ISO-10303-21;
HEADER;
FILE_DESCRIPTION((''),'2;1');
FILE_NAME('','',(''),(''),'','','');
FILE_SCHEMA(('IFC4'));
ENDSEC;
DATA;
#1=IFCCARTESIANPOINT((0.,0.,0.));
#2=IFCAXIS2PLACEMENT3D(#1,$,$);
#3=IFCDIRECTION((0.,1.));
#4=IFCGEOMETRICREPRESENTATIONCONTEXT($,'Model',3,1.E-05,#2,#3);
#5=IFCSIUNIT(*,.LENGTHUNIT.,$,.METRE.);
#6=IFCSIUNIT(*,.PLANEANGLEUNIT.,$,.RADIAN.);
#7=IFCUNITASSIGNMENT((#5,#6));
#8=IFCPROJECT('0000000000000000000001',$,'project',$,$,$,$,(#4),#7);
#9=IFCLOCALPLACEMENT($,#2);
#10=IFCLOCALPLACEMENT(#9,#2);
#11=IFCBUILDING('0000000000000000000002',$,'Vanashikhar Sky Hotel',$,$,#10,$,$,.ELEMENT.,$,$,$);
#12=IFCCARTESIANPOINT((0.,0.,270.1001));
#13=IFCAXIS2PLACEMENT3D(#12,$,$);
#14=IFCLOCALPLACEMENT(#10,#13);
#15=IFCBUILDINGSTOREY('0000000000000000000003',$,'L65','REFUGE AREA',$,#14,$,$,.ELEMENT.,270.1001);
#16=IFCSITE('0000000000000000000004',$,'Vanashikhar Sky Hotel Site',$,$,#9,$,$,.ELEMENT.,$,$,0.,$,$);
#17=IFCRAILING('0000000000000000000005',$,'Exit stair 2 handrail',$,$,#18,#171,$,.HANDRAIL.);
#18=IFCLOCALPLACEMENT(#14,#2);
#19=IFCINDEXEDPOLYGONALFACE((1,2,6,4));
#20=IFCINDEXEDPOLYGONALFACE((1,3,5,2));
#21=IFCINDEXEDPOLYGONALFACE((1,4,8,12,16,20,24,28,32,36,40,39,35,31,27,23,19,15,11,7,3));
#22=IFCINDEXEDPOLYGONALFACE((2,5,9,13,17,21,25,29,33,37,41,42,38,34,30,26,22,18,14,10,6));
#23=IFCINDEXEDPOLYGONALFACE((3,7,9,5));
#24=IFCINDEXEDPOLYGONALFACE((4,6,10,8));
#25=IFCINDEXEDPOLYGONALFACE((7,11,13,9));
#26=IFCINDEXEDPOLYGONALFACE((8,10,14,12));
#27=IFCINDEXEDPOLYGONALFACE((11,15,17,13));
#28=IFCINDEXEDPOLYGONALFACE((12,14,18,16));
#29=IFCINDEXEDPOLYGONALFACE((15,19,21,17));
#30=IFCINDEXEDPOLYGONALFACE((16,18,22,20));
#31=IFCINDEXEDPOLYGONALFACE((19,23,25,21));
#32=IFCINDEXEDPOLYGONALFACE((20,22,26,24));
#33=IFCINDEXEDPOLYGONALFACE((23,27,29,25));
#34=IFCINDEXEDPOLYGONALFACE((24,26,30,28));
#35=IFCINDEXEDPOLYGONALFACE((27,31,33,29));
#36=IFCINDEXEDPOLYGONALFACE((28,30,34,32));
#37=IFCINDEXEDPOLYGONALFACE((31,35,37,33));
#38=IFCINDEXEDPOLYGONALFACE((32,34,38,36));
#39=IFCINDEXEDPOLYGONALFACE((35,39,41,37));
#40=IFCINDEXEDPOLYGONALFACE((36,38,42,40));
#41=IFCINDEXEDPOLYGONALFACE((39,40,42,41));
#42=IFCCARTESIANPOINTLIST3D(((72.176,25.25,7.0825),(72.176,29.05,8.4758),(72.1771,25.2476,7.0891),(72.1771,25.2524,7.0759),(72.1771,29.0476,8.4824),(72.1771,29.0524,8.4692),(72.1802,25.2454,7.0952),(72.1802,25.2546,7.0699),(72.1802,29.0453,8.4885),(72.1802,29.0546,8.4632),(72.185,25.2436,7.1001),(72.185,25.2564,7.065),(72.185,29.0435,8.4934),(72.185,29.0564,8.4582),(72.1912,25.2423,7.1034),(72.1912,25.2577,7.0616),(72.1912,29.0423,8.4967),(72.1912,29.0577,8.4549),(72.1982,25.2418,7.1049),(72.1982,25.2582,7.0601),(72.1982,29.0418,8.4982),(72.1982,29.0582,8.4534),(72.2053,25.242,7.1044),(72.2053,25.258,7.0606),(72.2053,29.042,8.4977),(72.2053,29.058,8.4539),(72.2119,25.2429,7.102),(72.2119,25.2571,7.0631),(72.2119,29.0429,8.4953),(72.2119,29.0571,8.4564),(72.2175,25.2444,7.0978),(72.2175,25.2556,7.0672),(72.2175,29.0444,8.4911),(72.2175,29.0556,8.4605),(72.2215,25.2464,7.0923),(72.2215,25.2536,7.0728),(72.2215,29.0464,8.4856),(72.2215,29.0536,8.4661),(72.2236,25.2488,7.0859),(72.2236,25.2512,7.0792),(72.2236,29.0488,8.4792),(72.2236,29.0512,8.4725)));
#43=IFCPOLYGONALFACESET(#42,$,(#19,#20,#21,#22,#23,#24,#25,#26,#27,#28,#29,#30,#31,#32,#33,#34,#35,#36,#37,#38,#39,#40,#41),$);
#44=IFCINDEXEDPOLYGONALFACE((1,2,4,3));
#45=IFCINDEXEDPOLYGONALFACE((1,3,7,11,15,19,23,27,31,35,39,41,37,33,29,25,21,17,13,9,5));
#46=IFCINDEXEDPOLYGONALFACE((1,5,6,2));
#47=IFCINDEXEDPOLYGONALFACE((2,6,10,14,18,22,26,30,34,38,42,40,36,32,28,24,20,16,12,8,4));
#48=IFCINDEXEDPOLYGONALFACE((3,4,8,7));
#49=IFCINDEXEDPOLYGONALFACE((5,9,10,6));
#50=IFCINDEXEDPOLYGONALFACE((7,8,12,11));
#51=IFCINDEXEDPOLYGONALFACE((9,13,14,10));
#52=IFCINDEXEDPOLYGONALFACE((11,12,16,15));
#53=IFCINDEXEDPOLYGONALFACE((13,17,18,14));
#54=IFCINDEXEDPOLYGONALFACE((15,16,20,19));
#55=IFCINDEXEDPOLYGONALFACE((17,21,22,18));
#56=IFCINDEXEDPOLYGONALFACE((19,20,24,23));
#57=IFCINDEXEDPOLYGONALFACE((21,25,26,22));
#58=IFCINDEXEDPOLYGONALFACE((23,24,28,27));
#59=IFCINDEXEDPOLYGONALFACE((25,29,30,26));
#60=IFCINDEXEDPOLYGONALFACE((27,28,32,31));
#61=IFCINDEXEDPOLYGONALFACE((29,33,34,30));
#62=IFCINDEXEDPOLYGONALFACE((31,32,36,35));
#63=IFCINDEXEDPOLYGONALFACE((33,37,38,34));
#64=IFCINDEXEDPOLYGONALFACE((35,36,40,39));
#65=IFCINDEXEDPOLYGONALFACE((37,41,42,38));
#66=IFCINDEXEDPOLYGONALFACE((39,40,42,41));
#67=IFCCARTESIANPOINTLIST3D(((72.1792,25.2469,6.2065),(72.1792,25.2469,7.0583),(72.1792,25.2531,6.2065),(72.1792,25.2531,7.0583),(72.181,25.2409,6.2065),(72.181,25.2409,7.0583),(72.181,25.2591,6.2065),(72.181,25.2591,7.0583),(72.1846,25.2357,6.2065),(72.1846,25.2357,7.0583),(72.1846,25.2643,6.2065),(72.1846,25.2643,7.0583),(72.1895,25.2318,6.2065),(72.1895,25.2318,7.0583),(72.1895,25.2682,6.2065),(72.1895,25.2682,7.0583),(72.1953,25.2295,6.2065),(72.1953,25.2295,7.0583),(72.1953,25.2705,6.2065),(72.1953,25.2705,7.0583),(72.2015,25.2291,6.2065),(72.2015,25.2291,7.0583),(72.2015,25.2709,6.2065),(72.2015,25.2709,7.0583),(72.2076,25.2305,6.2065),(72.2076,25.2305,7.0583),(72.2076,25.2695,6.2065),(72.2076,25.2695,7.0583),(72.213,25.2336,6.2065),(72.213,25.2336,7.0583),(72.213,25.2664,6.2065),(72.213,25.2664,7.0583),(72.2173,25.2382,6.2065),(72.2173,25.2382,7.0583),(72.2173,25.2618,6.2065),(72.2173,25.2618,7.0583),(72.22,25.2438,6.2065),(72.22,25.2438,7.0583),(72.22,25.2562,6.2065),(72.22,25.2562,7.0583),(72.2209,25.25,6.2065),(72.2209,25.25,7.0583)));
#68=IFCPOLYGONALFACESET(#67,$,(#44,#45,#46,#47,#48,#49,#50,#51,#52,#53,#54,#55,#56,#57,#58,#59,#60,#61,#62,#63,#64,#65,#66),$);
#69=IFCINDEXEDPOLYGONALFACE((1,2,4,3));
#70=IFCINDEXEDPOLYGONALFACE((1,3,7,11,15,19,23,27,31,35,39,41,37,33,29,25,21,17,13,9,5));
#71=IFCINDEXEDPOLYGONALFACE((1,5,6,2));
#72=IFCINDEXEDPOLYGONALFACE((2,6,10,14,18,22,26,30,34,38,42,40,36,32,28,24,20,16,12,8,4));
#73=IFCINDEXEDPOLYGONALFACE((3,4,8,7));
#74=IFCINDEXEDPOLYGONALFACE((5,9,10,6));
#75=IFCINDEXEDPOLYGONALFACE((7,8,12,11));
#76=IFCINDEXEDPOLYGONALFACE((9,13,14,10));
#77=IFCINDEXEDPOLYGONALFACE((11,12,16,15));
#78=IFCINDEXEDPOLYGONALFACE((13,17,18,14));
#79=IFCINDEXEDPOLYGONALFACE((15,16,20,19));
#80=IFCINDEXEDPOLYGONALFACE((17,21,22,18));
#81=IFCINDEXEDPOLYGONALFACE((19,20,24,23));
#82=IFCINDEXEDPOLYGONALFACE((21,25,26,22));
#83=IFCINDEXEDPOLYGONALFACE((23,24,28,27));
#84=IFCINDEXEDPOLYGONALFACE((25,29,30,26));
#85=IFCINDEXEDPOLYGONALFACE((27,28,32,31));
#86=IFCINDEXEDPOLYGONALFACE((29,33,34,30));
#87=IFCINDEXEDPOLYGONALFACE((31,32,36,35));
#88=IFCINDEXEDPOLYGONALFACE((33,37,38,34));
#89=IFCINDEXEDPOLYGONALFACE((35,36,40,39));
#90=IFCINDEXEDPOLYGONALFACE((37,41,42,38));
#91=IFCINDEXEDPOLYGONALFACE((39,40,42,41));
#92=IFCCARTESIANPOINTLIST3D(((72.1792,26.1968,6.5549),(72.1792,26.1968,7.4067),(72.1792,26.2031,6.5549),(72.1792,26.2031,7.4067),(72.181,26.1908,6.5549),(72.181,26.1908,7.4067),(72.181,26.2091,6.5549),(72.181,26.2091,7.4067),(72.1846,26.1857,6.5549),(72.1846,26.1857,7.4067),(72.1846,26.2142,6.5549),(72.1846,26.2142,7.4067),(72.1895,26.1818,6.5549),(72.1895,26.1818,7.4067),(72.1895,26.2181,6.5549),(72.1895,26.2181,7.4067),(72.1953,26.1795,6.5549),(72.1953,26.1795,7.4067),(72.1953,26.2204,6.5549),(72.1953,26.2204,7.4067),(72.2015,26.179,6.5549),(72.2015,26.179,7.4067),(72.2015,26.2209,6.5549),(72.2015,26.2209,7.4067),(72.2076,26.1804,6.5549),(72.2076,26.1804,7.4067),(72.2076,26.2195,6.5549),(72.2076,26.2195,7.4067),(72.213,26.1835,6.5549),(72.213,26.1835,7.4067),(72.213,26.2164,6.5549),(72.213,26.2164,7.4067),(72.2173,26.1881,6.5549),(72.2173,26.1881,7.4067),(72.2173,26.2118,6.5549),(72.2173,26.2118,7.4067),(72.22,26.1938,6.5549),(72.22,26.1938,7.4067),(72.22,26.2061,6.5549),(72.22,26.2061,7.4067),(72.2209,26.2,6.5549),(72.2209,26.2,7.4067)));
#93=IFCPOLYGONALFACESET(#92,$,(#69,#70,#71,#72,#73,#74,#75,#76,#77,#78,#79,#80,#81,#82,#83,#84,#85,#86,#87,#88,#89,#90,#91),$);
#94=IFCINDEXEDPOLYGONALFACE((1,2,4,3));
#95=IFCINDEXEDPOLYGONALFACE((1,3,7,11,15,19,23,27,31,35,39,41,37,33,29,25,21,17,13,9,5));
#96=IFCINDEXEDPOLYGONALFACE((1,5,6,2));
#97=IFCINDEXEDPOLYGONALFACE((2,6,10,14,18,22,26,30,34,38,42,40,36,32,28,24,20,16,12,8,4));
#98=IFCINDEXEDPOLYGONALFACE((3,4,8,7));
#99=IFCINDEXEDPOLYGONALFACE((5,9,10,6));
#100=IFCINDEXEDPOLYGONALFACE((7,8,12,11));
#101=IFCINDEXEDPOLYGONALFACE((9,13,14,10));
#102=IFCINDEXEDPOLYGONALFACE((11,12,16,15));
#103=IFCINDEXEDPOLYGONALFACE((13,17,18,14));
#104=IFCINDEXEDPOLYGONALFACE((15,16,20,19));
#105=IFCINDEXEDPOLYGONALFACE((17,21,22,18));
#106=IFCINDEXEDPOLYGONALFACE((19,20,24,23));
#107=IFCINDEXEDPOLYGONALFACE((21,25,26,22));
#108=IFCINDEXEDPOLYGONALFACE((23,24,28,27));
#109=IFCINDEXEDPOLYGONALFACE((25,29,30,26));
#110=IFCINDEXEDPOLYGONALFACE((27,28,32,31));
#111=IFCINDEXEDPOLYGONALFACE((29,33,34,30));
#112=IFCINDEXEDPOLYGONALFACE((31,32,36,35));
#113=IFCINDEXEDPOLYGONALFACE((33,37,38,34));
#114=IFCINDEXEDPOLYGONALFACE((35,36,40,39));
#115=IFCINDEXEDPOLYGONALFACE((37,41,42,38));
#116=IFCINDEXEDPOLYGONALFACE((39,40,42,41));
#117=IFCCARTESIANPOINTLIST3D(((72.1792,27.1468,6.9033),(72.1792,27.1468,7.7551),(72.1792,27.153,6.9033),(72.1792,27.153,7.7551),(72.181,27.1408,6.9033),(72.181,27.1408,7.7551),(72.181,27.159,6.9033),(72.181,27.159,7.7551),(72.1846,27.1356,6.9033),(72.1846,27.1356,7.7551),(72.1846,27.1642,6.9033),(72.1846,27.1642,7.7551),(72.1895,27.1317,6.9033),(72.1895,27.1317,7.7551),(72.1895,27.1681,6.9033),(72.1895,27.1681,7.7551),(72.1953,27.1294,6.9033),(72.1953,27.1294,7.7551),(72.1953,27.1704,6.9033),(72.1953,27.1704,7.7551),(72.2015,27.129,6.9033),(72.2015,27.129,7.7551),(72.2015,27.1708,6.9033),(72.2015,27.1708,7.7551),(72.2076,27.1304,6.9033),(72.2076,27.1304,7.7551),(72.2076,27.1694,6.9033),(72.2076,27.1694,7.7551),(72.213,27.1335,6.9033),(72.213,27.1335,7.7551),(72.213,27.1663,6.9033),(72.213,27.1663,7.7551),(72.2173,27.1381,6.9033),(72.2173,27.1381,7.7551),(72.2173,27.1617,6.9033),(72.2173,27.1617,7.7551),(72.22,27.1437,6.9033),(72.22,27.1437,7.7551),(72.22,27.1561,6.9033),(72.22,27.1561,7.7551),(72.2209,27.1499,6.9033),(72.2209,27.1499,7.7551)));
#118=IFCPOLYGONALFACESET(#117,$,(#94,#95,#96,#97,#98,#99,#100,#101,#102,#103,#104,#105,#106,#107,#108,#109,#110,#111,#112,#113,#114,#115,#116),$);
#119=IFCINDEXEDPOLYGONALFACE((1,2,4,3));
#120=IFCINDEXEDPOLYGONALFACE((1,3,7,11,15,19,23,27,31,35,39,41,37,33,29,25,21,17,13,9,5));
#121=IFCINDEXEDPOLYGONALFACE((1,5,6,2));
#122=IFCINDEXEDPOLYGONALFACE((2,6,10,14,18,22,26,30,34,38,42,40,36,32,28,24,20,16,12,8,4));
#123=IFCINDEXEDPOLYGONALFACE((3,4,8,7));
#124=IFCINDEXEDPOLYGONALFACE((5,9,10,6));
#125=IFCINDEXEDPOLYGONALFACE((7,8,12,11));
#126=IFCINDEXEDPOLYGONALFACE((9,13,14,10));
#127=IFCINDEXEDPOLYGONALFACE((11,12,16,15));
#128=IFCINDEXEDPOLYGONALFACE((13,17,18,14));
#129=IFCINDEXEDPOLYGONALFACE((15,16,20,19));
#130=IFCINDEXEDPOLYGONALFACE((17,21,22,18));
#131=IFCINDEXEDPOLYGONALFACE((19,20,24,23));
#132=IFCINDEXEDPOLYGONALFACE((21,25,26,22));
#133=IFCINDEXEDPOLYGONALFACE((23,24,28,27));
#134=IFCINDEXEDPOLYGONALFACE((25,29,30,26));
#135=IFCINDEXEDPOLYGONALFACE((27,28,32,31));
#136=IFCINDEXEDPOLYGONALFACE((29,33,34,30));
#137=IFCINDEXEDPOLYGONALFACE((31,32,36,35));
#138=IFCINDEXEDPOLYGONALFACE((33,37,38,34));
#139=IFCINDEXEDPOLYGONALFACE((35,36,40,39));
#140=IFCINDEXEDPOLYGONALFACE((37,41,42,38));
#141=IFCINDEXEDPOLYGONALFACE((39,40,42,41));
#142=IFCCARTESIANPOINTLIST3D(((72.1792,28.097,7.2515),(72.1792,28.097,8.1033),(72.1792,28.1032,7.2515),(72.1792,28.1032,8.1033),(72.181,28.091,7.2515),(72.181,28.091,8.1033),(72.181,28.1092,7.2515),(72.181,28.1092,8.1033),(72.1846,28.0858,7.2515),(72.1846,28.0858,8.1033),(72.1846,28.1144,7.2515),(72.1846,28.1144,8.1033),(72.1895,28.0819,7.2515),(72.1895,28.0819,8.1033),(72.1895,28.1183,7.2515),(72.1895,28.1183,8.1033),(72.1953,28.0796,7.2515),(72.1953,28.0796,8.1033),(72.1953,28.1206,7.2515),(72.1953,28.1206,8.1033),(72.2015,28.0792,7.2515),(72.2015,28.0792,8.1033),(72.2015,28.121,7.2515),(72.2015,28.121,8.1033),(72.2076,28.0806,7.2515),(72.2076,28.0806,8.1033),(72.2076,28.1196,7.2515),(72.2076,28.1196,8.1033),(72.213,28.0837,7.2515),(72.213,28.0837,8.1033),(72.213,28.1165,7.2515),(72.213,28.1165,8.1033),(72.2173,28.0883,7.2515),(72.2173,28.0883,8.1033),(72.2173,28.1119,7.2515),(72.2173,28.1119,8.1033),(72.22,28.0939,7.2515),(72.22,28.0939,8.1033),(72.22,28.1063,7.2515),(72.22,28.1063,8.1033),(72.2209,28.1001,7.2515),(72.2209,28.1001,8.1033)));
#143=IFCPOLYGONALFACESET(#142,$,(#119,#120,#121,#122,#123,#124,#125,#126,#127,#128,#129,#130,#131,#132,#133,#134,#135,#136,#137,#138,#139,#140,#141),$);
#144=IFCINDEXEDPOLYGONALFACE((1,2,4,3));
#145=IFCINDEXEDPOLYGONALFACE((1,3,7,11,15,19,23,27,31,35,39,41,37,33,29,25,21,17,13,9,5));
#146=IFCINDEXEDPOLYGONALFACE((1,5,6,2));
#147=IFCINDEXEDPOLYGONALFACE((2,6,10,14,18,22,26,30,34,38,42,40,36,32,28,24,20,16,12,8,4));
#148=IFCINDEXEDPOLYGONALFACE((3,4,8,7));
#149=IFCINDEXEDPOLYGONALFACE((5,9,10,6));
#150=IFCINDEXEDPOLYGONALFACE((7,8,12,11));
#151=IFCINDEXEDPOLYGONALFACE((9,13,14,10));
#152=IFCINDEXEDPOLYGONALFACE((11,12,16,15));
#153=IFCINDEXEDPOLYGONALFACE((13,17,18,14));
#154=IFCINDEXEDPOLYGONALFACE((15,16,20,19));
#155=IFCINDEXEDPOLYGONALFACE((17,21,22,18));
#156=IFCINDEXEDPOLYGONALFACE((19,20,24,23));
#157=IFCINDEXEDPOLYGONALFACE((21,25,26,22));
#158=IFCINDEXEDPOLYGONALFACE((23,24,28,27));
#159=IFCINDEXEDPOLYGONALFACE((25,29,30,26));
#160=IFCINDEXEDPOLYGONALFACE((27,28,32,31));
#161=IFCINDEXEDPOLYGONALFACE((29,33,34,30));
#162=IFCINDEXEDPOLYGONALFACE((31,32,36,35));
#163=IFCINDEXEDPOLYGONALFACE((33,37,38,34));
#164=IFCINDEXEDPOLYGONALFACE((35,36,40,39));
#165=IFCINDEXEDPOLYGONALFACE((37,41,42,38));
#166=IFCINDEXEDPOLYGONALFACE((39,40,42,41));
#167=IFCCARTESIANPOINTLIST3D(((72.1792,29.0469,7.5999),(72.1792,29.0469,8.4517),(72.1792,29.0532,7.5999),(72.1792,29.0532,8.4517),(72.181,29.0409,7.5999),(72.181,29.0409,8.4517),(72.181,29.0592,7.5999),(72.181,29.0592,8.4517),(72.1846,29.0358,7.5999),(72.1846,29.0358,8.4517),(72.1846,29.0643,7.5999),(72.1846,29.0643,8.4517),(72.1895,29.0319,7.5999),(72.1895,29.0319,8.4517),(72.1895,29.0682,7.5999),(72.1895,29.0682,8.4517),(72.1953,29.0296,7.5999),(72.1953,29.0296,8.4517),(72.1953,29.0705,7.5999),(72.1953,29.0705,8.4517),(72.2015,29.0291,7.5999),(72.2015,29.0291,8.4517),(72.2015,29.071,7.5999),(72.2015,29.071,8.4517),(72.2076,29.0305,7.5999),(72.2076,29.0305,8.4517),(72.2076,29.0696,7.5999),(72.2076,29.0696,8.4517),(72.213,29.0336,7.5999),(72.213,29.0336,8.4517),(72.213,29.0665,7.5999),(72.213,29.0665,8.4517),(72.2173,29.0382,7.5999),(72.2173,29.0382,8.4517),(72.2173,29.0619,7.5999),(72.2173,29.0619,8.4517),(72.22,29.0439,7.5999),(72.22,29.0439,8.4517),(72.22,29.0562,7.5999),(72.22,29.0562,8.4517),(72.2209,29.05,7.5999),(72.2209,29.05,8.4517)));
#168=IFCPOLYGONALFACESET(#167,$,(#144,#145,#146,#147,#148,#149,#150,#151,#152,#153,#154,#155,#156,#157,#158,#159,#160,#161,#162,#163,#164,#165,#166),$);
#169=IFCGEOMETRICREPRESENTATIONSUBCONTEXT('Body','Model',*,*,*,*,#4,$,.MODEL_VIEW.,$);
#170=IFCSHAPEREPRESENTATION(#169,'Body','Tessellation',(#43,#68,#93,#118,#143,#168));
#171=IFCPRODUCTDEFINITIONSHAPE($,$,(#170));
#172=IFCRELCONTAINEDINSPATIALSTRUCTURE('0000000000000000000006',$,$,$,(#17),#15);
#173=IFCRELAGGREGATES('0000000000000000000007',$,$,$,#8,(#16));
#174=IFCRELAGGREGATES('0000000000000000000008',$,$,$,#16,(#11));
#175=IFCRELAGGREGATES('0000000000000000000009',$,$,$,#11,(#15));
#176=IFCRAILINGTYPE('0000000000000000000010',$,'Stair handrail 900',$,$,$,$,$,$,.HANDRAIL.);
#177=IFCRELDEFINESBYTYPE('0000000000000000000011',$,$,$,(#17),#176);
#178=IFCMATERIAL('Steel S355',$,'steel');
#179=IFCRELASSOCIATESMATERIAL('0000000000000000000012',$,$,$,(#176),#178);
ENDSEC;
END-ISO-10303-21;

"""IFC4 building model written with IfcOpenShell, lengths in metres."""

from ifc_helpers import new_model, si_unit, direction, frame, origin, origin_2d, place, context, subcontext, project, spatial, circle, extrude, source, transform, mapped, material, type_object, element, save


model = new_model("IFC4")

# Units and contexts
model_context = context("Model", 3, precision=1e-05, world=origin(), true_north=direction((0.0, 1.0)))
body_context = subcontext(model_context, "Body", "Model", "MODEL_VIEW")
ifc_project = project(units=[si_unit("LENGTHUNIT", "METRE"), si_unit("PLANEANGLEUNIT", "RADIAN")], contexts=[model_context])

# Site, building, storey
site_placement = place(None, origin())
site = spatial("IfcSite", under=ifc_project, at=site_placement, Name="Vanashikhar Sky Hotel Site", CompositionType="ELEMENT", RefElevation=0.0)
building_placement = place(site_placement, origin())
building = spatial("IfcBuilding", under=site, at=building_placement, Name="Vanashikhar Sky Hotel", CompositionType="ELEMENT")
storey_placement = place(building_placement, frame((0.0, 0.0, 270.1001)))
storey = spatial("IfcBuildingStorey", under=building, at=storey_placement, Name="L65", Description="REFUGE AREA", CompositionType="ELEMENT", Elevation=270.1001)

# Railing
ifc_material_1 = material(Name="Steel S355", Category="steel")
railing_type_1 = type_object("IfcRailingType", Name="Stair handrail 900", PredefinedType="HANDRAIL", material=ifc_material_1)
shared_shape_1 = source(origin(), body_context, "Body", "SweptSolid", [
    extrude(circle(Radius=0.0239, at=origin_2d()), frame((0.0, 0.0, 0.876), z_axis=(0.0, 0.93888, 0.344246), x_axis=(-1.0, 0.0, 0.0)), (0.0, 0.0, 1.0), 4.0474),
    extrude(circle(Radius=0.021, at=origin_2d()), origin(), (0.0, 0.0, 1.0), 0.8518),
    extrude(circle(Radius=0.021, at=origin_2d()), frame((0.0, 0.95, 0.3484)), (0.0, 0.0, 1.0), 0.8518),
    extrude(circle(Radius=0.021, at=origin_2d()), frame((0.0, 1.8999, 0.6968)), (0.0, 0.0, 1.0), 0.8518),
    extrude(circle(Radius=0.021, at=origin_2d()), frame((0.0, 2.8501, 1.0449)), (0.0, 0.0, 1.0), 0.8518),
    extrude(circle(Radius=0.021, at=origin_2d()), frame((0.0, 3.8, 1.3933)), (0.0, 0.0, 1.0), 0.8518),
])
for number, where, name in (
    (1, (72.2, 25.25, 6.2065), "Exit stair 2 handrail"),
):
    element("IfcRailing", number, at=place(storey_placement, frame(where)), inside=storey, type_object=railing_type_1, Name=name, PredefinedType="HANDRAIL", context=body_context, shape_type="MappedRepresentation", body=[
        mapped(shared_shape_1, transform((0.0, 0.0, 0.0), scale=1.0)),
    ])

save(model, "model.ifc")
